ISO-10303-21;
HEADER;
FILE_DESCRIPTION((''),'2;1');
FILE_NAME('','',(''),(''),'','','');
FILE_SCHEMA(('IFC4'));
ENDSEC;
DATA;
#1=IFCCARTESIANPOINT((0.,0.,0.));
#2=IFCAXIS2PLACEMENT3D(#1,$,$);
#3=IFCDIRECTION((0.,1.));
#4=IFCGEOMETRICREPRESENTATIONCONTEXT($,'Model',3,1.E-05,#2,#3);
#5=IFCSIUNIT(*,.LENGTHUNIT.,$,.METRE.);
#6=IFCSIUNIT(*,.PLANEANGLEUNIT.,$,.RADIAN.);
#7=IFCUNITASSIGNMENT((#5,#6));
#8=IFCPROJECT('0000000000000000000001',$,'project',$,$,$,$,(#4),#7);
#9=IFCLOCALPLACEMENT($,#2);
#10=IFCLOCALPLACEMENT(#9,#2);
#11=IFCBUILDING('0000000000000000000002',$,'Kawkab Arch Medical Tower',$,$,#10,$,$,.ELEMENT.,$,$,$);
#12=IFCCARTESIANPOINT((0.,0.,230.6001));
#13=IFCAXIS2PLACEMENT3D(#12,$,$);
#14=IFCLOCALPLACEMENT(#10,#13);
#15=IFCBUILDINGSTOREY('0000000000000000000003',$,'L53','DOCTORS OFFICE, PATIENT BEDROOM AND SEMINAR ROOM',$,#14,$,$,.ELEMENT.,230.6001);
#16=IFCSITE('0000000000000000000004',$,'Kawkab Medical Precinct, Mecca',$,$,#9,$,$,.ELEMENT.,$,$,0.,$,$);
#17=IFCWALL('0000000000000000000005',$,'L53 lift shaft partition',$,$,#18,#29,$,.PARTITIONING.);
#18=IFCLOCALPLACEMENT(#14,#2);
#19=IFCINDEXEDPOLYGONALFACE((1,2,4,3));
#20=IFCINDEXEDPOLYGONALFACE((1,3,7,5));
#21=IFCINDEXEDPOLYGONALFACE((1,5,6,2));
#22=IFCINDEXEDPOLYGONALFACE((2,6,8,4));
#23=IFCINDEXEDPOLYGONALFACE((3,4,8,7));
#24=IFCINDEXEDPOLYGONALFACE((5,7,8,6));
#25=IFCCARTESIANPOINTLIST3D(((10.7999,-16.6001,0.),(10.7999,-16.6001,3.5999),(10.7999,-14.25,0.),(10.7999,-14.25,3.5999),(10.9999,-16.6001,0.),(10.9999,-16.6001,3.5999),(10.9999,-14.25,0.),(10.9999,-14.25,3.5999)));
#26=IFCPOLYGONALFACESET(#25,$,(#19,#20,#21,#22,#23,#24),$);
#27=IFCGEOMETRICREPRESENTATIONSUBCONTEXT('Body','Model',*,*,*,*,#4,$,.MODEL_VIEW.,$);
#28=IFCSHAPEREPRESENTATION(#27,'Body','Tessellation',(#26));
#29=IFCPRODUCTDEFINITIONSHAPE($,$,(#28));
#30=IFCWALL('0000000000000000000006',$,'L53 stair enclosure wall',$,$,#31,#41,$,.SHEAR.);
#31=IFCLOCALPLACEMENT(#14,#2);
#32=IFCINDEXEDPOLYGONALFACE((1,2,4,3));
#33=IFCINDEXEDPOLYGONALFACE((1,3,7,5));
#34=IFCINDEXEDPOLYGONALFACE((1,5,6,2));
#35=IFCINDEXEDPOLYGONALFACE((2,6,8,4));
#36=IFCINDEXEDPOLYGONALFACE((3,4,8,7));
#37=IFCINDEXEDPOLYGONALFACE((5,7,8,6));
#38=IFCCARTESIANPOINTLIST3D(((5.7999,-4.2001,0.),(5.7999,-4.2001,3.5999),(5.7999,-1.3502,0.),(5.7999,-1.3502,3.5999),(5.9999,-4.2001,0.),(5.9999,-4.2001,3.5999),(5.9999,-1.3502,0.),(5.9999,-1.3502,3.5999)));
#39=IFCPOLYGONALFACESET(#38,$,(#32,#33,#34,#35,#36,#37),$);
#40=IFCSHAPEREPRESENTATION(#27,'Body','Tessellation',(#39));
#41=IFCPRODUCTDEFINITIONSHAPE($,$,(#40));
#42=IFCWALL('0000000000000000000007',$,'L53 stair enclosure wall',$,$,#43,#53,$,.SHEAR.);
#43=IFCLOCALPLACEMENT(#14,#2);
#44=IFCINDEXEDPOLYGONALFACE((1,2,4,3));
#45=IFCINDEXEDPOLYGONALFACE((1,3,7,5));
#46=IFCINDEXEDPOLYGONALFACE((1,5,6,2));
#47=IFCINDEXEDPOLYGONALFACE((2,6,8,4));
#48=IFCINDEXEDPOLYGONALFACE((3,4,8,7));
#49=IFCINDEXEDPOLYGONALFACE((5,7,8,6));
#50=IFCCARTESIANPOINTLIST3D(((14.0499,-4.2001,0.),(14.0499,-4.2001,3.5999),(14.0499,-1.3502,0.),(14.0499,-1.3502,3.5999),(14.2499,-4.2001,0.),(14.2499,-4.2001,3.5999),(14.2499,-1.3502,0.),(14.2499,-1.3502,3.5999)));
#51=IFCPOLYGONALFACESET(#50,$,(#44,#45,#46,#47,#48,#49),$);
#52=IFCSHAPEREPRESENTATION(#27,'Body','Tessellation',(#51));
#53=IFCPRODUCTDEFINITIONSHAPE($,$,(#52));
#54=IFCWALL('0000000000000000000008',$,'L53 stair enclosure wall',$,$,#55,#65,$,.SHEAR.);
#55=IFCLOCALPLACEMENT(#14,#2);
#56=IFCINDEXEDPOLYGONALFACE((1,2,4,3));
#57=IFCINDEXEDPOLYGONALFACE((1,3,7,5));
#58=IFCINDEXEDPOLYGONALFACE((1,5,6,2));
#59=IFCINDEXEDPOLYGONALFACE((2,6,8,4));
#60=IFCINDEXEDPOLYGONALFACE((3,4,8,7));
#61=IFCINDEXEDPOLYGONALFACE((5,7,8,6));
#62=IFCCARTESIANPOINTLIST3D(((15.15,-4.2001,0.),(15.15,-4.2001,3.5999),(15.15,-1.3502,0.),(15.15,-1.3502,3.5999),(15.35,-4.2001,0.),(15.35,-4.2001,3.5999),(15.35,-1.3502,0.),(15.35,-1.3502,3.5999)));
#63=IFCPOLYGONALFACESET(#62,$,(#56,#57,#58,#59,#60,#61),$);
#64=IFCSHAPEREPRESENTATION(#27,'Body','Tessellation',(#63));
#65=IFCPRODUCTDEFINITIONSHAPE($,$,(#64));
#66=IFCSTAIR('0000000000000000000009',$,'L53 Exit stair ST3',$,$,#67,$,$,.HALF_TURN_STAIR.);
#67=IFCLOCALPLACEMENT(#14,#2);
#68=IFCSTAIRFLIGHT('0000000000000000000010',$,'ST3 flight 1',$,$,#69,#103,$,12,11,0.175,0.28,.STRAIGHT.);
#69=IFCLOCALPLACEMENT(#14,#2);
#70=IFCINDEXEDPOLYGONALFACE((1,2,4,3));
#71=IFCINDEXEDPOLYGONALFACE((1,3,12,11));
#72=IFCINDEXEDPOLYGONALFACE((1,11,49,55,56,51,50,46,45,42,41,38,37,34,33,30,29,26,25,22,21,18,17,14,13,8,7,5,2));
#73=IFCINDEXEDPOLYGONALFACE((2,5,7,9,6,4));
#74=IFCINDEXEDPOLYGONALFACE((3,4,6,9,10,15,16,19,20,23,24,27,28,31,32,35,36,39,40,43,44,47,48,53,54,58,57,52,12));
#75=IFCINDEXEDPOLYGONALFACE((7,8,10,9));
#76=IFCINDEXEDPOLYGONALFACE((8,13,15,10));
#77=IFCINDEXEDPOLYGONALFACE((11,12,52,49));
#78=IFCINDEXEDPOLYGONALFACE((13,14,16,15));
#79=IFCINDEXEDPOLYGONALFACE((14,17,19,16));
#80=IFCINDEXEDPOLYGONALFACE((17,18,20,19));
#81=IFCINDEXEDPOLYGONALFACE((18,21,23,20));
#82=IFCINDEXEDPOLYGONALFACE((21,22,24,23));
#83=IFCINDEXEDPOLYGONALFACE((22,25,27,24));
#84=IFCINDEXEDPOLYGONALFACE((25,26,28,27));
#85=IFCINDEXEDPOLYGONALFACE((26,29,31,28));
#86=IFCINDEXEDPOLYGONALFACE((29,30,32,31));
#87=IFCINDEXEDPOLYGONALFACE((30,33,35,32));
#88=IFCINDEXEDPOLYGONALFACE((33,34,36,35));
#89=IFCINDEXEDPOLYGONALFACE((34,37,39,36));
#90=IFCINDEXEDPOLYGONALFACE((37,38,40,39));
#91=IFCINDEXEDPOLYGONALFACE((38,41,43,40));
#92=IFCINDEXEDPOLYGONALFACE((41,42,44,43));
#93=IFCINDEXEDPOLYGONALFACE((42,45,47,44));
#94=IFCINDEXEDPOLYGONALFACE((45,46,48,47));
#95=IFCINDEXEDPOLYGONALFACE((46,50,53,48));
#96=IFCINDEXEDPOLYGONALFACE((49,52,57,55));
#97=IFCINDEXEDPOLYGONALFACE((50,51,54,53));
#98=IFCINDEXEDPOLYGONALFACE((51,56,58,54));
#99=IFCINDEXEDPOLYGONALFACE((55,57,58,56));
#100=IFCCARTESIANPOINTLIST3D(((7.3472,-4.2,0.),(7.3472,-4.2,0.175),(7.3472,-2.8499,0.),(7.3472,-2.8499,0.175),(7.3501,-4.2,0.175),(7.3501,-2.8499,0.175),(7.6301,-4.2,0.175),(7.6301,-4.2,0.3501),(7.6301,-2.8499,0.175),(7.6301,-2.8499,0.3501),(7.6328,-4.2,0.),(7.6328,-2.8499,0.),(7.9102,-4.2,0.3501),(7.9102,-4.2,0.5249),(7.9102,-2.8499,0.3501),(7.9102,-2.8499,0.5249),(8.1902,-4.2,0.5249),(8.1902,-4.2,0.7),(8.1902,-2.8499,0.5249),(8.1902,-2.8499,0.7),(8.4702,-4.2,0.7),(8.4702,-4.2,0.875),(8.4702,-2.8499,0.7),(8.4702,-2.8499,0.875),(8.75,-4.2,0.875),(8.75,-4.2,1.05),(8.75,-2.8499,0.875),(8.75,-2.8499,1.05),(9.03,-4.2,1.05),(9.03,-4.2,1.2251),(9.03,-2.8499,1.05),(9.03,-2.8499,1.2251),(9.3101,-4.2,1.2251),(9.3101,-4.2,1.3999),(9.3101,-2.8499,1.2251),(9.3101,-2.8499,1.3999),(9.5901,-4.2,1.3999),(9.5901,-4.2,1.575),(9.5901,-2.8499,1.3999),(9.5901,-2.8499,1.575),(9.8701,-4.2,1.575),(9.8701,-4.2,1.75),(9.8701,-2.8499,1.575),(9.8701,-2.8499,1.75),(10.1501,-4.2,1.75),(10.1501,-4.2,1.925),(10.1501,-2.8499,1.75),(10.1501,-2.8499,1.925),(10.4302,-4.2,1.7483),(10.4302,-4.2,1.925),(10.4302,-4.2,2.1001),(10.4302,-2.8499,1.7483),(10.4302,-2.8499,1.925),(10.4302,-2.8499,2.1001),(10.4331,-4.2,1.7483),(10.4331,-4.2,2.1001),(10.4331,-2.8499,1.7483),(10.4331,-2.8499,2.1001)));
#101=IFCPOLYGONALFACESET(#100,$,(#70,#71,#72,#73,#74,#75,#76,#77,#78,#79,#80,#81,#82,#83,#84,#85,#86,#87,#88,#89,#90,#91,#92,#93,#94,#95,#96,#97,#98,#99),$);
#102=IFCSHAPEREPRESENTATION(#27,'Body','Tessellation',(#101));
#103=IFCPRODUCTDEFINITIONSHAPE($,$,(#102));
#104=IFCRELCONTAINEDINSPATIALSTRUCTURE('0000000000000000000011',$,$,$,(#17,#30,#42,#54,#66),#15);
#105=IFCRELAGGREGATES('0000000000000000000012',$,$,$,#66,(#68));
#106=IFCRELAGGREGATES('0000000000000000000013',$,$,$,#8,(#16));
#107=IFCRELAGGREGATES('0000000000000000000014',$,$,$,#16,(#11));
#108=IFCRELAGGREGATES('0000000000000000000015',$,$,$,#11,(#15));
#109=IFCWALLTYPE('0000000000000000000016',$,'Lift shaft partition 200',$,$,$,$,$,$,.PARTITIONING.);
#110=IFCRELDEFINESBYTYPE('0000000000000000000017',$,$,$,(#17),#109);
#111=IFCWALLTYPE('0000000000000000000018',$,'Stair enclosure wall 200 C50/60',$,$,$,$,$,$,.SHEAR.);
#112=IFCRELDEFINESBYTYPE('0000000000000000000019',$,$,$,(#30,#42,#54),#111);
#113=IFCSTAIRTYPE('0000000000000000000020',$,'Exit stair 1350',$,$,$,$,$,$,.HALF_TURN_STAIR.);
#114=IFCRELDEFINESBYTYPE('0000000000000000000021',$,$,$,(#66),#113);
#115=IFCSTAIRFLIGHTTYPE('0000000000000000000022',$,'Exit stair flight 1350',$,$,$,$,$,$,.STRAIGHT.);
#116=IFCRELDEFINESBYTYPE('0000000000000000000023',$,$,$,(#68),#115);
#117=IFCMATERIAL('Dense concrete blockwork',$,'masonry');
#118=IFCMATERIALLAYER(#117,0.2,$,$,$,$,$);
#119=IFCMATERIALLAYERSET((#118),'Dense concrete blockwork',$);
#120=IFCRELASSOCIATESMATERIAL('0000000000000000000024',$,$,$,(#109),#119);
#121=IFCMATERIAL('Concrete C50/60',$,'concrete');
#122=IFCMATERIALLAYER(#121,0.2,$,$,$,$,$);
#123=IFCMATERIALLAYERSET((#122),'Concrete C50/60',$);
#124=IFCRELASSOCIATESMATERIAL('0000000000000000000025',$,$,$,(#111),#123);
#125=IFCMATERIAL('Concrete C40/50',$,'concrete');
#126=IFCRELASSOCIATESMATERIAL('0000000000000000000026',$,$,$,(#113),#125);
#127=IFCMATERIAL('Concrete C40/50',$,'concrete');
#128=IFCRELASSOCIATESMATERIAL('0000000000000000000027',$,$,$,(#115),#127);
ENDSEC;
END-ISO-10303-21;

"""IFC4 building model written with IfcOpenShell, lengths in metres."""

from ifc_helpers import new_model, si_unit, direction, frame, frame_2d, origin, place, context, subcontext, project, spatial, polyline, rectangle, outline, extrude, material, layer, layer_set, type_object, element, aggregate, save


model = new_model("IFC4")

# Units and contexts
model_context = context("Model", 3, precision=1e-05, world=origin(), true_north=direction((0.0, 1.0)))
body_context = subcontext(model_context, "Body", "Model", "MODEL_VIEW")
ifc_project = project(units=[si_unit("LENGTHUNIT", "METRE"), si_unit("PLANEANGLEUNIT", "RADIAN")], contexts=[model_context])

# Site, building, storey
site_placement = place(None, origin())
site = spatial("IfcSite", under=ifc_project, at=site_placement, Name="Kawkab Medical Precinct, Mecca", CompositionType="ELEMENT", RefElevation=0.0)
building_placement = place(site_placement, origin())
building = spatial("IfcBuilding", under=site, at=building_placement, Name="Kawkab Arch Medical Tower", CompositionType="ELEMENT")
storey_placement = place(building_placement, frame((0.0, 0.0, 230.6001)))
storey = spatial("IfcBuildingStorey", under=building, at=storey_placement, Name="L53", Description="DOCTORS OFFICE, PATIENT BEDROOM AND SEMINAR ROOM", CompositionType="ELEMENT", Elevation=230.6001)

# Walls
ifc_material_1 = material(Name="Dense concrete blockwork", Category="masonry")
ifc_layer_1 = layer(ifc_material_1, 0.2)
ifc_layer_set_1 = layer_set([ifc_layer_1], Name="Dense concrete blockwork")
wall_type_1 = type_object("IfcWallType", Name="Lift shaft partition 200", PredefinedType="PARTITIONING", material=ifc_layer_set_1)
for number, where, z_axis, x_axis, name in (
    (1, (10.8999, -16.6001, 0.0), (0.0, 0.0, 1.0), (0.0, 1.0, 0.0), "L53 lift shaft partition"),
):
    element("IfcWall", number, at=place(storey_placement, frame(where, z_axis=z_axis, x_axis=x_axis)), inside=storey, type_object=wall_type_1, Name=name, PredefinedType="PARTITIONING", context=body_context, shape_type="SweptSolid", body=[
        extrude(rectangle(XDim=2.3501, YDim=0.2, at=frame_2d((1.175, 0.0))), origin(), (0.0, 0.0, 1.0), 3.5999),
    ])
ifc_material_2 = material(Name="Concrete C50/60", Category="concrete")
ifc_layer_2 = layer(ifc_material_2, 0.2)
ifc_layer_set_2 = layer_set([ifc_layer_2], Name="Concrete C50/60")
wall_type_2 = type_object("IfcWallType", Name="Stair enclosure wall 200 C50/60", PredefinedType="SHEAR", material=ifc_layer_set_2)
for number, where, z_axis, x_axis, name in (
    (2, (5.8999, -4.2, 0.0), (0.0, 0.0, 1.0), (0.0, 1.0, 0.0), "L53 stair enclosure wall"),
    (3, (14.1499, -4.2, 0.0), (0.0, 0.0, 1.0), (0.0, 1.0, 0.0), "L53 stair enclosure wall"),
    (4, (15.25, -4.2, 0.0), (0.0, 0.0, 1.0), (0.0, 1.0, 0.0), "L53 stair enclosure wall"),
):
    element("IfcWall", number, at=place(storey_placement, frame(where, z_axis=z_axis, x_axis=x_axis)), inside=storey, type_object=wall_type_2, Name=name, PredefinedType="SHEAR", context=body_context, shape_type="SweptSolid", body=[
        extrude(rectangle(XDim=2.8499, YDim=0.2, at=frame_2d((1.4248, 0.0))), origin(), (0.0, 0.0, 1.0), 3.5999),
    ])

# Stair, stair flight
ifc_material_3 = material(Name="Concrete C40/50", Category="concrete")
stair_type = type_object("IfcStairType", Name="Exit stair 1350", PredefinedType="HALF_TURN_STAIR", material=ifc_material_3)
stair_placement = place(storey_placement, origin())
stair = element("IfcStair", 5, at=stair_placement, inside=storey, type_object=stair_type, Name="L53 Exit stair ST3", PredefinedType="HALF_TURN_STAIR")
ifc_material_4 = material(Name="Concrete C40/50", Category="concrete")
stair_flight_type = type_object("IfcStairFlightType", Name="Exit stair flight 1350", PredefinedType="STRAIGHT", material=ifc_material_4)
stair_flight_placement = place(storey_placement, frame((7.3501, -3.5249, 0.0), z_axis=(0.0, 0.0, 1.0), x_axis=(1.0, 0.0, 0.0)))
stair_flight = element("IfcStairFlight", 6, at=stair_flight_placement, type_object=stair_flight_type, Name="ST3 flight 1", NumberOfRisers=12, NumberOfTreads=11, PredefinedType="STRAIGHT", RiserHeight=0.175, TreadLength=0.28, context=body_context, shape_type="SweptSolid", body=[
    extrude(outline(polyline([(-0.0029, 0.0), (-0.0029, 0.175), (0.0, 0.175), (0.28, 0.175), (0.28, 0.3501), (0.5601, 0.3501), (0.5601, 0.5249), (0.8401, 0.5249), (0.8401, 0.7), (1.1201, 0.7), (1.1201, 0.875), (1.3999, 0.875), (1.3999, 1.05), (1.6799, 1.05), (1.6799, 1.2251), (1.96, 1.2251), (1.96, 1.3999), (2.24, 1.3999), (2.24, 1.575), (2.52, 1.575), (2.52, 1.75), (2.8, 1.75), (2.8, 1.925), (3.0801, 1.925), (3.0801, 2.1001), (3.083, 2.1001), (3.083, 1.7483), (3.0801, 1.7483), (0.2827, 0.0), (-0.0029, 0.0)])), frame((0.0, 0.675, 0.0), z_axis=(0.0, -1.0, 0.0), x_axis=(1.0, 0.0, 0.0)), (0.0, 0.0, 1.0), 1.3501),
])
aggregate(stair, [stair_flight])

save(model, "model.ifc")
